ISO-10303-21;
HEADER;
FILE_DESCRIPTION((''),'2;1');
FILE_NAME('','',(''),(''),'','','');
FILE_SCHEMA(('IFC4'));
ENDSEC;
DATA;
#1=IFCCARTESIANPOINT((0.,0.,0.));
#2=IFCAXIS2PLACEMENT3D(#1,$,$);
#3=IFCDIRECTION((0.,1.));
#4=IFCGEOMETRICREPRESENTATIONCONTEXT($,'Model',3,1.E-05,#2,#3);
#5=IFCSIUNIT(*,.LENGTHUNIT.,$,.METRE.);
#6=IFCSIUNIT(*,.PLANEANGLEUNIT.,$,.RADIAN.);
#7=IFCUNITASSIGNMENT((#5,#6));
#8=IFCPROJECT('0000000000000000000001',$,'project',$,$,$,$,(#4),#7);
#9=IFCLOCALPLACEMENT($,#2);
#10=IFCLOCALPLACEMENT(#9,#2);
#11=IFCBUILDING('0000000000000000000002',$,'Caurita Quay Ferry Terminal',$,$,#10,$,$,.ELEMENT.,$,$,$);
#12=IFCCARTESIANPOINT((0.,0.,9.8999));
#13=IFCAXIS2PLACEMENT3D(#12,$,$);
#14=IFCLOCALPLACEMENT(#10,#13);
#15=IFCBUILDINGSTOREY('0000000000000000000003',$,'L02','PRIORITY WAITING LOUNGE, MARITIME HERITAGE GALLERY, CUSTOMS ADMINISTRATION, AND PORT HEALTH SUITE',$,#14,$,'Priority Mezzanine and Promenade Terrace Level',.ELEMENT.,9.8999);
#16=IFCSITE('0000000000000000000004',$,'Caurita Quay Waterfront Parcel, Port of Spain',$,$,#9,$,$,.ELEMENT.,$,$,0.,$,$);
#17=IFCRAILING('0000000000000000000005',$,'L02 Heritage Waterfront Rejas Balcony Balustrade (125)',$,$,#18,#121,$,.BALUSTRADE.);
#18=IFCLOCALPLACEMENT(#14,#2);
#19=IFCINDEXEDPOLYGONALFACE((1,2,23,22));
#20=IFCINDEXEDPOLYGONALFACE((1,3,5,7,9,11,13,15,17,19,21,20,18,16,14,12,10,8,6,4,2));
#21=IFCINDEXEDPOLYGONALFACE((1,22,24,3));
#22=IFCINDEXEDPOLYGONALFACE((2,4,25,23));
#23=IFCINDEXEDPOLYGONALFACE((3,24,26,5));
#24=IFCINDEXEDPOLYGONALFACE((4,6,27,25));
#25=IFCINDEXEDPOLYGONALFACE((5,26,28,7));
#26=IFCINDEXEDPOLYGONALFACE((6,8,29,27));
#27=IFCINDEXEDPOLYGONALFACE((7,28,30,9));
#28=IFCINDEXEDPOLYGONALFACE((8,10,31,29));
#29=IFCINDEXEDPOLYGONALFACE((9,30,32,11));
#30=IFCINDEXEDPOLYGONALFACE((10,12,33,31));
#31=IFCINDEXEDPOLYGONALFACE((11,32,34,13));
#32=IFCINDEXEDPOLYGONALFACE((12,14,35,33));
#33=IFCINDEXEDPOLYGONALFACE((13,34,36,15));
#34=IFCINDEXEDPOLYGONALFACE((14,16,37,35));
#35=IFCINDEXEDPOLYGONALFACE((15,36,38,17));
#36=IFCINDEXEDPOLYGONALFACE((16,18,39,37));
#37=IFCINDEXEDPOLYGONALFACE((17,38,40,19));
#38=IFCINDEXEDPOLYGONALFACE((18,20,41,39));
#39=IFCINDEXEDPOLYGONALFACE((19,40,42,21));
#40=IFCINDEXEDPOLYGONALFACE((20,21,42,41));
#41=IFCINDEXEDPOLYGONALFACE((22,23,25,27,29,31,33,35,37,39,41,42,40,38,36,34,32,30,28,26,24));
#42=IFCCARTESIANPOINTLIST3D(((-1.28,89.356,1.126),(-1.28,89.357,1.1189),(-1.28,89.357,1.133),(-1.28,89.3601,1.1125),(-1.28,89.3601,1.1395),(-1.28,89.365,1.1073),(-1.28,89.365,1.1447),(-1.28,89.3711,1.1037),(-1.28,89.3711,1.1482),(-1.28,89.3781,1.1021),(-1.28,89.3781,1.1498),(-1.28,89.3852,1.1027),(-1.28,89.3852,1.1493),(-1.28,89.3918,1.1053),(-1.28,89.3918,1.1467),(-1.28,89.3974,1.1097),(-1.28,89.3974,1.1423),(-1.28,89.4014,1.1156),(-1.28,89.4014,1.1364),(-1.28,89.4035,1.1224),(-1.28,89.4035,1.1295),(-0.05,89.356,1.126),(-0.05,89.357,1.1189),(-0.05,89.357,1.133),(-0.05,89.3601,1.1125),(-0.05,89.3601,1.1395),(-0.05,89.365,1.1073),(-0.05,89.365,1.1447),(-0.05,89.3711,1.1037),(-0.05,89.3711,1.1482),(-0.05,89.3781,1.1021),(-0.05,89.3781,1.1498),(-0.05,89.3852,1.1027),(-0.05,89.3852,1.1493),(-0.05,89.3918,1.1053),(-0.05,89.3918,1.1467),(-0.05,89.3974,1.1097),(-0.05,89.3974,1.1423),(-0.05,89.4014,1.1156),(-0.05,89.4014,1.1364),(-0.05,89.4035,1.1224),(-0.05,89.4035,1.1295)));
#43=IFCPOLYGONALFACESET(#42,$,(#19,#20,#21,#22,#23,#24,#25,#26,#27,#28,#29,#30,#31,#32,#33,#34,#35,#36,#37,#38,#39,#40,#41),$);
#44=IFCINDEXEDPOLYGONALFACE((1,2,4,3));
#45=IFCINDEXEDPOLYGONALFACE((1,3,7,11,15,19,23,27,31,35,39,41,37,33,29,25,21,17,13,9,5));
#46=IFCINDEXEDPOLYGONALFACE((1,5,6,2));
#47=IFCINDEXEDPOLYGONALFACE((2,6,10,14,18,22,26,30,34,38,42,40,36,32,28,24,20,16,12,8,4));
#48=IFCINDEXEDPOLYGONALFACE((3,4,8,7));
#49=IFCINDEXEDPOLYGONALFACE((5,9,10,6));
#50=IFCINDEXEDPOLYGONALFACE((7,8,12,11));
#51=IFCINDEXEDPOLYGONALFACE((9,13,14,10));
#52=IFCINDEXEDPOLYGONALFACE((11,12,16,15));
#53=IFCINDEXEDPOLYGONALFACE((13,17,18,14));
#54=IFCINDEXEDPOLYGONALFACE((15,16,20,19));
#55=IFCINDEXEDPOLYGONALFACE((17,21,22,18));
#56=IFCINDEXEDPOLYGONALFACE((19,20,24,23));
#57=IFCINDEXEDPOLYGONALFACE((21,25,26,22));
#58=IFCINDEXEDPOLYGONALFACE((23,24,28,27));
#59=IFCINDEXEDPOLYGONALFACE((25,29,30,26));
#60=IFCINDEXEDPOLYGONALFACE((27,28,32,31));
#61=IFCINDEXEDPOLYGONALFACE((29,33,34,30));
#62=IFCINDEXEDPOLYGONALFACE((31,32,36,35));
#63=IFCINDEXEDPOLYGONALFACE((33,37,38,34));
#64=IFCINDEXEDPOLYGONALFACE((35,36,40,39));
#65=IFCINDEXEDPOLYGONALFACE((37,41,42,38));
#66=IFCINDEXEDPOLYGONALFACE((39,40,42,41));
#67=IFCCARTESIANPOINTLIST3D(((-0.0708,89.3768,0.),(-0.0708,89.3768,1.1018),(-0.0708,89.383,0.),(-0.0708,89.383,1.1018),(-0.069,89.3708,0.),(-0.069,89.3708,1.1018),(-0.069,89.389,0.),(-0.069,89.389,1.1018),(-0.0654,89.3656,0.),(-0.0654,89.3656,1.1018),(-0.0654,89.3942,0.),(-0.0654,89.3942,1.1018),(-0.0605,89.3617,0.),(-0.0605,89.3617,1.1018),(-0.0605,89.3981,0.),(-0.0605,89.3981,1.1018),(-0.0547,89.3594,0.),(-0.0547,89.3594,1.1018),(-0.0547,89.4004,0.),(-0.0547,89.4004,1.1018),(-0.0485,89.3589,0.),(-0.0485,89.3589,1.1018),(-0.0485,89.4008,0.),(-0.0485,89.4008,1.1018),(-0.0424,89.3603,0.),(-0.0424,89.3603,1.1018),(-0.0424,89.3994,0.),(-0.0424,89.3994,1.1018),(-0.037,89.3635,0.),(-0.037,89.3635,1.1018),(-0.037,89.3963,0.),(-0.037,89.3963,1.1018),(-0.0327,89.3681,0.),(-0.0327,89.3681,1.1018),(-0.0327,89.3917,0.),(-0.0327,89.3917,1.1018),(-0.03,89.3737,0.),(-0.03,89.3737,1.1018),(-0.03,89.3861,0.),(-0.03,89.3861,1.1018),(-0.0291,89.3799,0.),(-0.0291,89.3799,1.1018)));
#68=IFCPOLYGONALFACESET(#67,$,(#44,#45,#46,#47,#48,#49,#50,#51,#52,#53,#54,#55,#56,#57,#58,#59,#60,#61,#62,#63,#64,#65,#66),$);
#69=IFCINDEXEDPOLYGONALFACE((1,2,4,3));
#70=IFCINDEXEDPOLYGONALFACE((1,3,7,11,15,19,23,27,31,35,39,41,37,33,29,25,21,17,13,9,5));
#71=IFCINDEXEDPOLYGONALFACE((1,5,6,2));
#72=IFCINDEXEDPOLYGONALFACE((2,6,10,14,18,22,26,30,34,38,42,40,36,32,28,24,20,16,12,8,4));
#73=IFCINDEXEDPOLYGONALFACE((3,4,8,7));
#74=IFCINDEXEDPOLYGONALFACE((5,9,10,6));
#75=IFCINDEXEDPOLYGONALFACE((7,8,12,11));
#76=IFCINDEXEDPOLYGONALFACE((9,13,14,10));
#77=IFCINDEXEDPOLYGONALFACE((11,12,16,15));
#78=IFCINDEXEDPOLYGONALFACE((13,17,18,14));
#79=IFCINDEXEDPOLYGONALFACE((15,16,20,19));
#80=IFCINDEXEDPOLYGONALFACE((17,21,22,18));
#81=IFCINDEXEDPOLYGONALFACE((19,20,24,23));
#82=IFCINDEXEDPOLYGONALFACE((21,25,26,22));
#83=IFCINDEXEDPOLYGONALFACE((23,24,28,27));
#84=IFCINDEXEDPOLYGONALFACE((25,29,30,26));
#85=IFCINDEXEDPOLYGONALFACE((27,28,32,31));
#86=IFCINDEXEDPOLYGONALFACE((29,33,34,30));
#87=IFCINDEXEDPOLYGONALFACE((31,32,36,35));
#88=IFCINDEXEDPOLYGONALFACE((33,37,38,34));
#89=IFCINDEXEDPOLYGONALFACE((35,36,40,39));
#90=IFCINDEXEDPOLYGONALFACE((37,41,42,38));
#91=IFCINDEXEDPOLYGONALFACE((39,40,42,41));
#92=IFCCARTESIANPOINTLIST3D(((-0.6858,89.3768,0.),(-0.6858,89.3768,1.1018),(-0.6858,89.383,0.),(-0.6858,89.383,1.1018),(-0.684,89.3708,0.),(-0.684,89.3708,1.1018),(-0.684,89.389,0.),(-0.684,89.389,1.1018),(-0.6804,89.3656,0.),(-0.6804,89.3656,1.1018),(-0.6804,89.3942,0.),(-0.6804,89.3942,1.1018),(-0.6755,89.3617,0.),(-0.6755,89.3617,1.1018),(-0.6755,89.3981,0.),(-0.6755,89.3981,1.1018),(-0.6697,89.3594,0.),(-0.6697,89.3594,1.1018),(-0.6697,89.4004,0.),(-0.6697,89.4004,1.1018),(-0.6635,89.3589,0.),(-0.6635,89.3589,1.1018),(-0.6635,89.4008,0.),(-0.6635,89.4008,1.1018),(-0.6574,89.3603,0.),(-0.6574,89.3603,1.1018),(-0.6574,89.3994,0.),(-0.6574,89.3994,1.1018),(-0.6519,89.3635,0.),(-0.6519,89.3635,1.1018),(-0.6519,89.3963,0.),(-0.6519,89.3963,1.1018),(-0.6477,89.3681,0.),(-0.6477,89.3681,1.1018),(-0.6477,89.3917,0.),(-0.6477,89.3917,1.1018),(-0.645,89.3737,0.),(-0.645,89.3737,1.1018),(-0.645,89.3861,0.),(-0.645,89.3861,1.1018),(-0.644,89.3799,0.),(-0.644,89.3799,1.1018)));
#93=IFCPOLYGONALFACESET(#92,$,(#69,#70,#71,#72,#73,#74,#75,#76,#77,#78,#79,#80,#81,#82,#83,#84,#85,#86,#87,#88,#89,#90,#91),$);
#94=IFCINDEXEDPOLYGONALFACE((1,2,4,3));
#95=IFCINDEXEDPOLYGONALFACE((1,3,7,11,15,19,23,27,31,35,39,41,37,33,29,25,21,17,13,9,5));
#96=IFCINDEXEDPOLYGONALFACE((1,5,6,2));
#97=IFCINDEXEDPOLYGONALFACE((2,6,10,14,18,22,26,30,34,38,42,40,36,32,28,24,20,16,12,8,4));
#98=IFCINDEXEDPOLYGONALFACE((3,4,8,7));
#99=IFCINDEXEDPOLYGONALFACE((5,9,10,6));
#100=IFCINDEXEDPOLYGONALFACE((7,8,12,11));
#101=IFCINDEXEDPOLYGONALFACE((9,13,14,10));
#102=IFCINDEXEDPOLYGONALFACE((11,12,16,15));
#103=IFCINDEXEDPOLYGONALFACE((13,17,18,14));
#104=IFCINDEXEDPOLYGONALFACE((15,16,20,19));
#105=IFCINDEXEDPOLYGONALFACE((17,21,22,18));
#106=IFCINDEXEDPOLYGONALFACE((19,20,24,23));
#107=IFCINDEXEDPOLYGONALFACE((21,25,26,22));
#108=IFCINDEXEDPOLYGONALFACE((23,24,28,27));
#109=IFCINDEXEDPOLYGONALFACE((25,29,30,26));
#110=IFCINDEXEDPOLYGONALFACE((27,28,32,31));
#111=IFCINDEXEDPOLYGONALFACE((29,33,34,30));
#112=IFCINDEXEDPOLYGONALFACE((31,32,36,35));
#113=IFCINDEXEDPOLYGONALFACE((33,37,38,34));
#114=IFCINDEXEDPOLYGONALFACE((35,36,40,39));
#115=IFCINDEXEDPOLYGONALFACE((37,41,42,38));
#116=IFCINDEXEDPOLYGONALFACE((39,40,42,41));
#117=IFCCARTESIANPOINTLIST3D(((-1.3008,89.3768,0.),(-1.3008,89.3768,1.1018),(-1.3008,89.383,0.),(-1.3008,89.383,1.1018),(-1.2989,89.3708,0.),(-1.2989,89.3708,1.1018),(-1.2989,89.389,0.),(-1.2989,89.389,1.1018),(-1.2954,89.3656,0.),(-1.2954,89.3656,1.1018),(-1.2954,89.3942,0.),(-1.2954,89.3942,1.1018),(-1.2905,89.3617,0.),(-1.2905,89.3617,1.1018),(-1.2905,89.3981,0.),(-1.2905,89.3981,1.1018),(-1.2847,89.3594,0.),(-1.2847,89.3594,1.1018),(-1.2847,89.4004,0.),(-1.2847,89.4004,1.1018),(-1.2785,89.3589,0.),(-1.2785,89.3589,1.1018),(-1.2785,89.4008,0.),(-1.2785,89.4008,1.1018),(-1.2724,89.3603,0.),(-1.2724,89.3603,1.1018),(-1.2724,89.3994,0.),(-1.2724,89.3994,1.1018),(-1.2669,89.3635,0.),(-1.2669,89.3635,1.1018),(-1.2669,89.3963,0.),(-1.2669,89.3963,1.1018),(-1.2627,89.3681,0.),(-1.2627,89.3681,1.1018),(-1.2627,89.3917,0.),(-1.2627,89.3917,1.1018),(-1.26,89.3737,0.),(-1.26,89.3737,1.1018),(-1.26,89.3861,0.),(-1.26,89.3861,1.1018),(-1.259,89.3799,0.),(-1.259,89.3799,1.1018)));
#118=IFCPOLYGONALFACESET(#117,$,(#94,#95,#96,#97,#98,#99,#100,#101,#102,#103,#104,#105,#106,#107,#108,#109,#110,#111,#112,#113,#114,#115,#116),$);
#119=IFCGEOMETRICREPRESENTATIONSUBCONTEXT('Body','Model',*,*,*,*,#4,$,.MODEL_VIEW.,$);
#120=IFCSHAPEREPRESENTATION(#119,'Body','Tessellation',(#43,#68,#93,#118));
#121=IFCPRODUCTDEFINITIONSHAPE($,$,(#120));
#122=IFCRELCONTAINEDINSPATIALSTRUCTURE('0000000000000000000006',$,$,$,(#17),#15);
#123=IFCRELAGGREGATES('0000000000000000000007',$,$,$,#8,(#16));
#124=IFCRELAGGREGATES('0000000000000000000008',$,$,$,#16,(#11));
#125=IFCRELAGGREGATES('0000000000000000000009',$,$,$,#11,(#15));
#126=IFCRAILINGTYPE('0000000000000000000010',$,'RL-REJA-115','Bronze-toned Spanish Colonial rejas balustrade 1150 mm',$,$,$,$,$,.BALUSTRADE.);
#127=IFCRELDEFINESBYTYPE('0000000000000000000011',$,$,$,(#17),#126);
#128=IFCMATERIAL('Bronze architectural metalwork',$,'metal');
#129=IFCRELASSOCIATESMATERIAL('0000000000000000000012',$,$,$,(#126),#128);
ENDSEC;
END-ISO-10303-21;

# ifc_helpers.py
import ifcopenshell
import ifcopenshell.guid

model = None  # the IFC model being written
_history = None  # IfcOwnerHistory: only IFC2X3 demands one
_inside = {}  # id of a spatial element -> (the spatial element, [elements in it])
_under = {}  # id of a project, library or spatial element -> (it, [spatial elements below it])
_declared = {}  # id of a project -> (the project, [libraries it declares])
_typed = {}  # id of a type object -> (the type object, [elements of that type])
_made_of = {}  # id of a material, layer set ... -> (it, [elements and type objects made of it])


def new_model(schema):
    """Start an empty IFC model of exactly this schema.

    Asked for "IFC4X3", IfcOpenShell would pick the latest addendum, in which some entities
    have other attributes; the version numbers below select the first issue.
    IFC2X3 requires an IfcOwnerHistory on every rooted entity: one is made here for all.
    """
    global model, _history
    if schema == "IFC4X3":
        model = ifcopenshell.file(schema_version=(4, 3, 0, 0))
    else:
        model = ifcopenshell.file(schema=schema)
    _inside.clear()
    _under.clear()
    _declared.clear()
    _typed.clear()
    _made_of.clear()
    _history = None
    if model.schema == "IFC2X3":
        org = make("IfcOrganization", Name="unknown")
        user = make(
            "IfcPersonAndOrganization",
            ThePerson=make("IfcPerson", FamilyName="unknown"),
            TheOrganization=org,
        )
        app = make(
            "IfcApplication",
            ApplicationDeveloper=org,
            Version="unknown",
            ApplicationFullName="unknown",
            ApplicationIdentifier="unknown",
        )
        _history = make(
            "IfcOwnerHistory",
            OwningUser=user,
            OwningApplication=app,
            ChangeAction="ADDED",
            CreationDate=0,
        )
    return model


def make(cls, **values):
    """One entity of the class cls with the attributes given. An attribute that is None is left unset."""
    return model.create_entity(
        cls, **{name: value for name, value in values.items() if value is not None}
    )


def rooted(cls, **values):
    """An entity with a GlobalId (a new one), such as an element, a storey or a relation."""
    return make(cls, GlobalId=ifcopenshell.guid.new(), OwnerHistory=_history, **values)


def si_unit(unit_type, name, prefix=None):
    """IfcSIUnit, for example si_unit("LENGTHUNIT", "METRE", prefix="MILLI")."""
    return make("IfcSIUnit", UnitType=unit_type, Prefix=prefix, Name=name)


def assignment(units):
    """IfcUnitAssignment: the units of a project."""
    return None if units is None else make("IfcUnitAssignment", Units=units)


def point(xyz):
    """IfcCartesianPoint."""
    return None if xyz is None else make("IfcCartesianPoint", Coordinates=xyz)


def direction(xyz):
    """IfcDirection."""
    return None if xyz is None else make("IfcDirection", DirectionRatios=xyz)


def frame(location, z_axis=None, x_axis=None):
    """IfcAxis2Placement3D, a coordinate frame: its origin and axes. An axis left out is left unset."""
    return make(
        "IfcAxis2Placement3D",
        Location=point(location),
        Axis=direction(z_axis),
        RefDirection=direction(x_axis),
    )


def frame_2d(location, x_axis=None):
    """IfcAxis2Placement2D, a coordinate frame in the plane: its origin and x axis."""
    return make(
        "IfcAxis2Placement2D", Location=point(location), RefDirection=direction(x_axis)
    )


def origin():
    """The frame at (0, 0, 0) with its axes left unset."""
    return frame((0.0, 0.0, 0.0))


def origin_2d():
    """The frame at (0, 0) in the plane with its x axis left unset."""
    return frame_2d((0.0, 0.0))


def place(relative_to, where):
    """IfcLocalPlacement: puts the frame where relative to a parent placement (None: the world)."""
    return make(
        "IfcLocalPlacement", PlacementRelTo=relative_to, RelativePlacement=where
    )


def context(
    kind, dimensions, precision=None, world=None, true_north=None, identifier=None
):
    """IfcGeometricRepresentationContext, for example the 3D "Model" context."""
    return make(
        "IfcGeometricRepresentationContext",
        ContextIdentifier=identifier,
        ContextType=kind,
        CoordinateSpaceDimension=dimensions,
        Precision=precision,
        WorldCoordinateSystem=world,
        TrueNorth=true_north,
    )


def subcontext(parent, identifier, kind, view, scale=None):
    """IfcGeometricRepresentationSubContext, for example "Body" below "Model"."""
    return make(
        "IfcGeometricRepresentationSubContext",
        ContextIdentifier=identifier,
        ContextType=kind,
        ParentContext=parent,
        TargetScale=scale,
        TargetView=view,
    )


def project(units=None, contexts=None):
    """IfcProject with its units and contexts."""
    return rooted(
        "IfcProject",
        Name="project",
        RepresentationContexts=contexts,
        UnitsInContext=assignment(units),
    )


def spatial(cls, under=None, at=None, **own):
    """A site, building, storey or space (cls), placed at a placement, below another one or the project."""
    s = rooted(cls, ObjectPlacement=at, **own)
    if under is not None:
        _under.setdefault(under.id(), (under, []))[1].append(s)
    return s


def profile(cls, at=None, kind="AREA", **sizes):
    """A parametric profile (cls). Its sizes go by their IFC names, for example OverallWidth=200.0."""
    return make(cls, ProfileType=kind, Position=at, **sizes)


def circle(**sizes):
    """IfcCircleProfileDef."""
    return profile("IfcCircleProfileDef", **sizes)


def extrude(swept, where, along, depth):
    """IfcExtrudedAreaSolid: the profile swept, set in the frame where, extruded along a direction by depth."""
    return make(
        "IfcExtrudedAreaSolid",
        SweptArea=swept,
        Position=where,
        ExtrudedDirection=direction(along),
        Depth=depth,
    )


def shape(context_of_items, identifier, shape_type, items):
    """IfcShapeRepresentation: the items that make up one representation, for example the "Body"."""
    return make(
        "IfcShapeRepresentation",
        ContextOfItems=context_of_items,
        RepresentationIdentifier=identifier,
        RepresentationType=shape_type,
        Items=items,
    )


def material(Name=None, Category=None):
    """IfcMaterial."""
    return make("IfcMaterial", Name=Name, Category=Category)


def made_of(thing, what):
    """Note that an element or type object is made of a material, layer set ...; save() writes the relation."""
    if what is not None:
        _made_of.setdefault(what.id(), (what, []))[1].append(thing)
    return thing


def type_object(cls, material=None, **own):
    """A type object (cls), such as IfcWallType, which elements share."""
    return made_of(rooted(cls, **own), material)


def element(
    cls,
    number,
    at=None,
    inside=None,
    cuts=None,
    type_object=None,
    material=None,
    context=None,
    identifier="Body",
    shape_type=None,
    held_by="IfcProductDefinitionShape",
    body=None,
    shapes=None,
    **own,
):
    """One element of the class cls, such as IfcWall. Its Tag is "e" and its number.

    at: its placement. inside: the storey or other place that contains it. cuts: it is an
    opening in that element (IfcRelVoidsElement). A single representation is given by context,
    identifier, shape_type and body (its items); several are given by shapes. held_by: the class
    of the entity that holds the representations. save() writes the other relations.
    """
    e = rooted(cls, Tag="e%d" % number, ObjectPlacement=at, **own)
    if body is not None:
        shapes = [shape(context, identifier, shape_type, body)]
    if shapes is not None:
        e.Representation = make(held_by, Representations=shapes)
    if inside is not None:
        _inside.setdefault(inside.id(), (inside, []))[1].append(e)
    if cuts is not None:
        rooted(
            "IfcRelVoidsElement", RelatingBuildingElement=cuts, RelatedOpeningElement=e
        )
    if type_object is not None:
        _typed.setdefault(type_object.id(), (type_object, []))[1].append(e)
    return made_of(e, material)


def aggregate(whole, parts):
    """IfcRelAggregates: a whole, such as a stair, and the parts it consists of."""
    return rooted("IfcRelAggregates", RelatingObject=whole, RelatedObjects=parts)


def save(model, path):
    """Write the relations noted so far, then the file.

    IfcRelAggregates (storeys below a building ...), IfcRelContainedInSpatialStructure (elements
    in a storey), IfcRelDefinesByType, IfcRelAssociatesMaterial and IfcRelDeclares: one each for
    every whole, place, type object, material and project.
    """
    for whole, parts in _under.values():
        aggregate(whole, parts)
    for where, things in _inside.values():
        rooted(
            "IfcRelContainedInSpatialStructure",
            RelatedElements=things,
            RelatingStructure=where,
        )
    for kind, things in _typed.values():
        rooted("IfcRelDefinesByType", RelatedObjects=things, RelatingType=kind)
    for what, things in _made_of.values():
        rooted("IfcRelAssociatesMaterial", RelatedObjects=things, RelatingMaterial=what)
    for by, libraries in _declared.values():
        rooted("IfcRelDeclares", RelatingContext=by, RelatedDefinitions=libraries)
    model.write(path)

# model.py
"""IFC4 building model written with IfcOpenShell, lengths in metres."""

from ifc_helpers import new_model, si_unit, direction, frame, origin, origin_2d, place, context, subcontext, project, spatial, circle, extrude, material, type_object, element, save


model = new_model("IFC4")

# Units and contexts
model_context = context("Model", 3, precision=1e-05, world=origin(), true_north=direction((0.0, 1.0)))
body_context = subcontext(model_context, "Body", "Model", "MODEL_VIEW")
ifc_project = project(units=[si_unit("LENGTHUNIT", "METRE"), si_unit("PLANEANGLEUNIT", "RADIAN")], contexts=[model_context])

# Site, building, storey
site_placement = place(None, origin())
site = spatial("IfcSite", under=ifc_project, at=site_placement, Name="Caurita Quay Waterfront Parcel, Port of Spain", CompositionType="ELEMENT", RefElevation=0.0)
building_placement = place(site_placement, origin())
building = spatial("IfcBuilding", under=site, at=building_placement, Name="Caurita Quay Ferry Terminal", CompositionType="ELEMENT")
storey_placement = place(building_placement, frame((0.0, 0.0, 9.8999)))
storey = spatial("IfcBuildingStorey", under=building, at=storey_placement, Name="L02", Description="PRIORITY WAITING LOUNGE, MARITIME HERITAGE GALLERY, CUSTOMS ADMINISTRATION, AND PORT HEALTH SUITE", LongName="Priority Mezzanine and Promenade Terrace Level", CompositionType="ELEMENT", Elevation=9.8999)

# Railing
ifc_material_1 = material(Name="Bronze architectural metalwork", Category="metal")
railing_type = type_object("IfcRailingType", Name="RL-REJA-115", Description="Bronze-toned Spanish Colonial rejas balustrade 1150 mm", PredefinedType="BALUSTRADE", material=ifc_material_1)
railing_1_placement = place(storey_placement, frame((-0.05, 89.3799, 0.0)))
element("IfcRailing", 1, at=railing_1_placement, inside=storey, type_object=railing_type, Name="L02 Heritage Waterfront Rejas Balcony Balustrade (125)", PredefinedType="BALUSTRADE", context=body_context, shape_type="SweptSolid", body=[
    extrude(circle(Radius=0.0239, at=origin_2d()), frame((0.0, 0.0, 1.126), z_axis=(-1.0, 0.0, 0.0), x_axis=(0.0, -1.0, 0.0)), (0.0, 0.0, 1.0), 1.23),
    extrude(circle(Radius=0.021, at=origin_2d()), origin(), (0.0, 0.0, 1.0), 1.1018),
    extrude(circle(Radius=0.021, at=origin_2d()), frame((-0.615, 0.0, 0.0)), (0.0, 0.0, 1.0), 1.1018),
    extrude(circle(Radius=0.021, at=origin_2d()), frame((-1.23, 0.0, 0.0)), (0.0, 0.0, 1.0), 1.1018),
])

save(model, "model.ifc")
